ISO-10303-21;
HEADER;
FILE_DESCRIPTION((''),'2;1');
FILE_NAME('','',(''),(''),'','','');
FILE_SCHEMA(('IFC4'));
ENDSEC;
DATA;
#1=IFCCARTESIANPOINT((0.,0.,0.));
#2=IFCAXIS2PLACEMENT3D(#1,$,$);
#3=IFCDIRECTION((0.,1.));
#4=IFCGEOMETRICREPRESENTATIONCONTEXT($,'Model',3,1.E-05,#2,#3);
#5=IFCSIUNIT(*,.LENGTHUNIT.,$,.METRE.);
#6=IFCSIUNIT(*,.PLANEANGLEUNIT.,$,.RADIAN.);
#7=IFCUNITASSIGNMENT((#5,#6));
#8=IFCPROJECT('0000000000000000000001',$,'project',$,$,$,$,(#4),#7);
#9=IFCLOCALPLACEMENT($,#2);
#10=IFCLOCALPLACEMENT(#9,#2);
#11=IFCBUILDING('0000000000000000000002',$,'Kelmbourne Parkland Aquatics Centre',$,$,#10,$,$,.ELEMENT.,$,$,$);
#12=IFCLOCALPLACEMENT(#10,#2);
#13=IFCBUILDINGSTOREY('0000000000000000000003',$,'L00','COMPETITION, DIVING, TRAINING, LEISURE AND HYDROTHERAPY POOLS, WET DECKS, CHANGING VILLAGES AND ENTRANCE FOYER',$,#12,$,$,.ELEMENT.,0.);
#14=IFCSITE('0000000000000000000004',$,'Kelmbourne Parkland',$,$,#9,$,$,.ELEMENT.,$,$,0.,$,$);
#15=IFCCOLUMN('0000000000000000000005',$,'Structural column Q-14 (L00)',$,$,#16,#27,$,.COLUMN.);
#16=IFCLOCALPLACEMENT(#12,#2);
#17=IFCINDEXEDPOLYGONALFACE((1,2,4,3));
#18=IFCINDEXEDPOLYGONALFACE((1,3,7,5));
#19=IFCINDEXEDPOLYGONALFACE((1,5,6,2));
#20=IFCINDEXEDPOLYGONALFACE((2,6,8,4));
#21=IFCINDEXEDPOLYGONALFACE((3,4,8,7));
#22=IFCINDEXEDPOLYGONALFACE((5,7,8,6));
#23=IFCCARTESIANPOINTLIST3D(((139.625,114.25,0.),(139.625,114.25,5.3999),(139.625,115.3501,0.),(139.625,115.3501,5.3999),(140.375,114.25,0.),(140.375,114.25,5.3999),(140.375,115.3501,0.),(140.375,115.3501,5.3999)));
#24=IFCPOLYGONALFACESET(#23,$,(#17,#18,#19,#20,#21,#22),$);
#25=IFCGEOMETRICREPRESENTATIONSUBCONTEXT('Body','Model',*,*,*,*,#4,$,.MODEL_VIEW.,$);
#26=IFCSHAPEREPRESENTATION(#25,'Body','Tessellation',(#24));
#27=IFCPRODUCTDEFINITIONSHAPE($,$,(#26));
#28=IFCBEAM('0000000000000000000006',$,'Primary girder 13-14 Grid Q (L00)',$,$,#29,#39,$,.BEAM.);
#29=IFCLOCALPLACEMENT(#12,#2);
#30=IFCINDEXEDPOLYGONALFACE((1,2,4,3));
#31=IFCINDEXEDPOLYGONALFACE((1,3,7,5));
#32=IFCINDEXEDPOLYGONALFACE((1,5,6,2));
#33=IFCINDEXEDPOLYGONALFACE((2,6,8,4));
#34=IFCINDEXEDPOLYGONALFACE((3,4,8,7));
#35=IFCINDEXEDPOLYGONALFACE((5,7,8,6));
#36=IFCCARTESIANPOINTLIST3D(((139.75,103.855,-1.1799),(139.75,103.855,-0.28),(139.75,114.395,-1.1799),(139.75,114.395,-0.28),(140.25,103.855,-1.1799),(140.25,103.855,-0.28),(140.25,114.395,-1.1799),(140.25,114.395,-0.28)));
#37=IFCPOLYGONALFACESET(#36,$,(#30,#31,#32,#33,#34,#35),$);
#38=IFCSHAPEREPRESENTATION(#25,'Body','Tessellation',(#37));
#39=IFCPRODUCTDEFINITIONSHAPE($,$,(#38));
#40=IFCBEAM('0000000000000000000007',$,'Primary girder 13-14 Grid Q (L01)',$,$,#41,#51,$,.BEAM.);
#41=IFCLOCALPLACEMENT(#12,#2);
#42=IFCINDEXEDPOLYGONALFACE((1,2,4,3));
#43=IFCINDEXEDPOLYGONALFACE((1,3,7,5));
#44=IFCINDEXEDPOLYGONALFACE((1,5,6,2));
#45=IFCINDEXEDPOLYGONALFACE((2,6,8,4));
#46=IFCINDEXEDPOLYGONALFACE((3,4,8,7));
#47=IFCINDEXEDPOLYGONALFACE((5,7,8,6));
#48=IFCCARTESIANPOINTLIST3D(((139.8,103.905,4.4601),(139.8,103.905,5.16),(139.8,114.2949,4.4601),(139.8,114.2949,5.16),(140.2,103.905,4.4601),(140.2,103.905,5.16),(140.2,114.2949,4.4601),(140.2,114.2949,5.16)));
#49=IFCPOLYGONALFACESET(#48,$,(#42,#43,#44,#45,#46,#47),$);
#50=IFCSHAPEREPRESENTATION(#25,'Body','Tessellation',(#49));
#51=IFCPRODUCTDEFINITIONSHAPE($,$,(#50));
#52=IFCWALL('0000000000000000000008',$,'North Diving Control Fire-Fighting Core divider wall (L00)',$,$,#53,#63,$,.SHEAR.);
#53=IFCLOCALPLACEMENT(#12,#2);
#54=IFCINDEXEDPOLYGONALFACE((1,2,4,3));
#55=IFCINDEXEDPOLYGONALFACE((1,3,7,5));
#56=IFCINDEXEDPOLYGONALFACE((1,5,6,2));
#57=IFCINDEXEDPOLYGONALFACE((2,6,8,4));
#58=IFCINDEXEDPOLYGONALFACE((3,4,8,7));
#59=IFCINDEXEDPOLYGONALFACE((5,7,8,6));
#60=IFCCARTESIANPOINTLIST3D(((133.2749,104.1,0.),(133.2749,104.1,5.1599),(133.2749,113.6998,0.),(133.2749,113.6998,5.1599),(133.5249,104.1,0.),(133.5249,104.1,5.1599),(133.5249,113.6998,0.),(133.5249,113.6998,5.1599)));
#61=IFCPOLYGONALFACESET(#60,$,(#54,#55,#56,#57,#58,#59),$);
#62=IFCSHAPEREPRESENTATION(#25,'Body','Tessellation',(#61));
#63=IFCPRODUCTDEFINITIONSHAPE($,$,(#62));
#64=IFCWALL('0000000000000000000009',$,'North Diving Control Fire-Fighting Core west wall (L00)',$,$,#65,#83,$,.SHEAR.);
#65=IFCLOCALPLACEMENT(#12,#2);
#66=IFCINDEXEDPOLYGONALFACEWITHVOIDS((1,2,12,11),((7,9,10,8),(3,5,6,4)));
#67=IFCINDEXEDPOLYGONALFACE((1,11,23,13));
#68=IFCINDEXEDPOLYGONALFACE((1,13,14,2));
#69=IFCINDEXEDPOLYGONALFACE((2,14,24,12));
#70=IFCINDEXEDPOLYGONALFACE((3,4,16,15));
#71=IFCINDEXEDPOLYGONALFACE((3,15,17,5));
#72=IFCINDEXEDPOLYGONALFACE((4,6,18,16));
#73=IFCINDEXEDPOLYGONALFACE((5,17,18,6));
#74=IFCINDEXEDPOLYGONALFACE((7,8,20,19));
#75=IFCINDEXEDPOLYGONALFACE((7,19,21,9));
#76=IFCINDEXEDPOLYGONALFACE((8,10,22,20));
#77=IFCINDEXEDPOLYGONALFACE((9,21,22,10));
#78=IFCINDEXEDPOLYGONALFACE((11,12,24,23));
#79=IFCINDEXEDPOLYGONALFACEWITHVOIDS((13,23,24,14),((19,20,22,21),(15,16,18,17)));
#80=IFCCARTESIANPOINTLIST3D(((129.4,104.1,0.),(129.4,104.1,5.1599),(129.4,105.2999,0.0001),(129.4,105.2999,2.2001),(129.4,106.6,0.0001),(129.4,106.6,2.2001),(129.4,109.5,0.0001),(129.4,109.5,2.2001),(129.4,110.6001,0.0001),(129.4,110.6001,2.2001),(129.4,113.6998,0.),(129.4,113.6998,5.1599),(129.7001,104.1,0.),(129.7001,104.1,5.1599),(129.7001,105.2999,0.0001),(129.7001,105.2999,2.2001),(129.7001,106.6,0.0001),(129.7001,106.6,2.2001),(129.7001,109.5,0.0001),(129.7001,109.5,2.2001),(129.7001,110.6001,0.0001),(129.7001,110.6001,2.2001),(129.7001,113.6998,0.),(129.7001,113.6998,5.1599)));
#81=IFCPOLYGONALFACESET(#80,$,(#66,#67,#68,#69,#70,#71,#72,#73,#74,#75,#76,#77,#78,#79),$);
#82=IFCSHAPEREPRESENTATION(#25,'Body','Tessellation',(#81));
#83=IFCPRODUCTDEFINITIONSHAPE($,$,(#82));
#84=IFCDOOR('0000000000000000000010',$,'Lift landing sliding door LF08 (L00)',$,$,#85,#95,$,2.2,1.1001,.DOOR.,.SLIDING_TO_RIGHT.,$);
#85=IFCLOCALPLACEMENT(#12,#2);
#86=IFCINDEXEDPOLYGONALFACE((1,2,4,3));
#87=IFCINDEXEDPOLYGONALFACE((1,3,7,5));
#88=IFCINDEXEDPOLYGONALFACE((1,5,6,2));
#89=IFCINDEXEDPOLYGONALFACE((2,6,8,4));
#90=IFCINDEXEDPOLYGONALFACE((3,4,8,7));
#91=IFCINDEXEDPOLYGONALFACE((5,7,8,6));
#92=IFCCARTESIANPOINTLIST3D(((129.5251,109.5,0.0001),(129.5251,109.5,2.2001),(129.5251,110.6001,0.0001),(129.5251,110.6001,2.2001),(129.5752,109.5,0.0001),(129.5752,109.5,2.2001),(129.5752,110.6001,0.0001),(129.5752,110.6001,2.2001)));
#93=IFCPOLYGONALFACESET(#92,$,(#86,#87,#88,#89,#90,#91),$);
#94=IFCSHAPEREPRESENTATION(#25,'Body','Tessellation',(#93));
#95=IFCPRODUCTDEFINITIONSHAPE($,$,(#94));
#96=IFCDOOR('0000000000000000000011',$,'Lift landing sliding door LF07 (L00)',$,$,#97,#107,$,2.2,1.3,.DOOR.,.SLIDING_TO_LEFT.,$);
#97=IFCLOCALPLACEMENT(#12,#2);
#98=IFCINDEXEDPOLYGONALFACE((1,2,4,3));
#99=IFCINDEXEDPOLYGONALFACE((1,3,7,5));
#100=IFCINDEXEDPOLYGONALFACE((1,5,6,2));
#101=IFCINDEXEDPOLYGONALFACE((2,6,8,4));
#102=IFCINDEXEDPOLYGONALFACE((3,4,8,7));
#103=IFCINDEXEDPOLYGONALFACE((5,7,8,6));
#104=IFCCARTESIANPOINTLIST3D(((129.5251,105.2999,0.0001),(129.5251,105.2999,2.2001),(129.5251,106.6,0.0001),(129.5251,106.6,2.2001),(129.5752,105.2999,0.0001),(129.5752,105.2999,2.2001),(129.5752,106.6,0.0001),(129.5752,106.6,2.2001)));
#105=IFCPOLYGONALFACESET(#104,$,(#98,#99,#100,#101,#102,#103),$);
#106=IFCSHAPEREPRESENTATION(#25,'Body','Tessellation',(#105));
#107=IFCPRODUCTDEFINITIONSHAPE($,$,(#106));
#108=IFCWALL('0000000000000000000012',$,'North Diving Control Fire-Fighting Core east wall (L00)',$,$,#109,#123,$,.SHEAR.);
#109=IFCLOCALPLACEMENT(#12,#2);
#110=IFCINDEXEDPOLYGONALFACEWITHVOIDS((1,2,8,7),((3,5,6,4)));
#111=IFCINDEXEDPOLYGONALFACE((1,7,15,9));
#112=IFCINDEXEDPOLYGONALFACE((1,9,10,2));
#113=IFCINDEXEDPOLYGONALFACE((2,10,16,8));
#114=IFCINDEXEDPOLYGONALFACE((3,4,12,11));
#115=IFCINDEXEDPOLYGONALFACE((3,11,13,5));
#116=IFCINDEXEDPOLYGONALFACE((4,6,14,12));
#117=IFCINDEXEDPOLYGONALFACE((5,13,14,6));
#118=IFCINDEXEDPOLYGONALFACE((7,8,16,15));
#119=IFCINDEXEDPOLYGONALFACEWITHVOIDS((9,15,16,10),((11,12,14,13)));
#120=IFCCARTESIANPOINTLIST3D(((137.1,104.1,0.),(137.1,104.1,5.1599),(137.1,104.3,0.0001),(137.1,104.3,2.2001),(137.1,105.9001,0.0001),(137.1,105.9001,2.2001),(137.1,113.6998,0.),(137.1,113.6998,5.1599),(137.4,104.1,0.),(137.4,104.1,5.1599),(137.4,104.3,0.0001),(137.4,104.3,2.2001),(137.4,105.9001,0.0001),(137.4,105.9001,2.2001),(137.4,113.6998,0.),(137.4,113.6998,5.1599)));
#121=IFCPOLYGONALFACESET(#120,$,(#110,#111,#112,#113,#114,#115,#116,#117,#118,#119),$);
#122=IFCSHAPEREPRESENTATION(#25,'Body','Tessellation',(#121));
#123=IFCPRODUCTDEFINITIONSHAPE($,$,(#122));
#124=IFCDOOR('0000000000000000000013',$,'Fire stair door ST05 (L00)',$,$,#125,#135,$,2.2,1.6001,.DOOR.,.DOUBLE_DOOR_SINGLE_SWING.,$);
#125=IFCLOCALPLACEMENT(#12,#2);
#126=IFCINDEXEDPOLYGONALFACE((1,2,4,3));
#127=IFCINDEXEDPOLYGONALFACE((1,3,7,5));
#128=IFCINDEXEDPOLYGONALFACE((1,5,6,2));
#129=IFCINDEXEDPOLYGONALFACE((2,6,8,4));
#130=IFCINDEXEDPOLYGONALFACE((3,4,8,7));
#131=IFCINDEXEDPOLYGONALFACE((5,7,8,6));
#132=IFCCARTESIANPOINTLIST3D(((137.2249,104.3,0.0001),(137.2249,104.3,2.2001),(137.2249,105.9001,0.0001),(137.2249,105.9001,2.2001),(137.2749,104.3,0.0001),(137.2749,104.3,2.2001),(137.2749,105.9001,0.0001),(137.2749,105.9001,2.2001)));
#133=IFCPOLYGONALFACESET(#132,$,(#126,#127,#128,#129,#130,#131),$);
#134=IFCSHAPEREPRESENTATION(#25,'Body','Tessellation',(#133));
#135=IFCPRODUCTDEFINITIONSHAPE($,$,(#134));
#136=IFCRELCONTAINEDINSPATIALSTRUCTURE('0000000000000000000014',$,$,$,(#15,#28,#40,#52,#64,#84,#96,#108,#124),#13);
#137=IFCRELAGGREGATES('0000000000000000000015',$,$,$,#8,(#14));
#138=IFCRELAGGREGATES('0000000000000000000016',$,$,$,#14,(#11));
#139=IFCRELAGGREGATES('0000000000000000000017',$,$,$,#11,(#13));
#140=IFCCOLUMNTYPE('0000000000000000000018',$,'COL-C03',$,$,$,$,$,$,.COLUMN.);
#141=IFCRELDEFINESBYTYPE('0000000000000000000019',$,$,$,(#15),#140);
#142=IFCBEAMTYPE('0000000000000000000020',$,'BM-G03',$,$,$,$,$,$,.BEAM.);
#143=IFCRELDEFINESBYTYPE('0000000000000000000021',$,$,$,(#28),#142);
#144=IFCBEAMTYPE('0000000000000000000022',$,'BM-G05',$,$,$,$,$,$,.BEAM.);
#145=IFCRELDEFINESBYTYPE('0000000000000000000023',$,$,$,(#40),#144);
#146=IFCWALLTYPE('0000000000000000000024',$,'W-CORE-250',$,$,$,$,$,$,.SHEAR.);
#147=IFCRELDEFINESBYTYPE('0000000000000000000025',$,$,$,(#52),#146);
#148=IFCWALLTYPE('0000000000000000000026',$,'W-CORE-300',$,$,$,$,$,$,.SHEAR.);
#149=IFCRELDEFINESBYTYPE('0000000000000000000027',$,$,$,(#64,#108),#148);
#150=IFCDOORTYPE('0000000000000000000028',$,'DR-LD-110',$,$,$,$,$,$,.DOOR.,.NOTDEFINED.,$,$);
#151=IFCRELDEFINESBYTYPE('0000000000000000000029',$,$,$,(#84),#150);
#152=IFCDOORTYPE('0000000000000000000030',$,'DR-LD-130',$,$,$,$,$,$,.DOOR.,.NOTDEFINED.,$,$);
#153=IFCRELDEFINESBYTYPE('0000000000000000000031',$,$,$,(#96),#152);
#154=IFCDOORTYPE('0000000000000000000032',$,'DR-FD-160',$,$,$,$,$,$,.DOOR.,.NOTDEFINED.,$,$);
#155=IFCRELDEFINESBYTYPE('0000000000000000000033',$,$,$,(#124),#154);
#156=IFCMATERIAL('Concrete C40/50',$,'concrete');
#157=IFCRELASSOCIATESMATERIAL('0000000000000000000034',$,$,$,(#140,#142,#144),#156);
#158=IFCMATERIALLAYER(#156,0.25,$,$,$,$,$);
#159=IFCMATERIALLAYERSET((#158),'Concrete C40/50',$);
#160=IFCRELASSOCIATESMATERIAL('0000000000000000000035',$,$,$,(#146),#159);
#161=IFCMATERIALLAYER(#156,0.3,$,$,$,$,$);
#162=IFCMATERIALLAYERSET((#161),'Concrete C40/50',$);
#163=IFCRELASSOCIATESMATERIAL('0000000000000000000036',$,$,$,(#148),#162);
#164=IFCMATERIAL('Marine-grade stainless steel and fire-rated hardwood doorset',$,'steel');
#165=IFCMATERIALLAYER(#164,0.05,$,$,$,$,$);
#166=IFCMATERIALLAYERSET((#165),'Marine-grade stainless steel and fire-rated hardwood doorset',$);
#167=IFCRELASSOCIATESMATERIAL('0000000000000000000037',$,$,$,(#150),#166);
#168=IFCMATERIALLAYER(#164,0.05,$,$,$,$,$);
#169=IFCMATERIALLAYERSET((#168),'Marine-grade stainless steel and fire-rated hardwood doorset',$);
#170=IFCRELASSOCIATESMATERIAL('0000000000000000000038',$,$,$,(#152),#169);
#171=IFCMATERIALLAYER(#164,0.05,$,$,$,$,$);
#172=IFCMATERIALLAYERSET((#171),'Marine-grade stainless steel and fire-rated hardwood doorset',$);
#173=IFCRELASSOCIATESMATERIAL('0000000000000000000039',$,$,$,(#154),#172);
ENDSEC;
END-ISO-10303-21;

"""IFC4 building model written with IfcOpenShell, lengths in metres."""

from ifc_helpers import new_model, si_unit, direction, frame, frame_2d, origin, origin_2d, place, context, subcontext, project, spatial, rectangle, extrude, material, layer, layer_set, material_profile, profile_set, type_object, element, fill, save


model = new_model("IFC4")

# Units and contexts
model_context = context("Model", 3, precision=1e-05, world=origin(), true_north=direction((0.0, 1.0)))
body_context = subcontext(model_context, "Body", "Model", "MODEL_VIEW")
ifc_project = project(units=[si_unit("LENGTHUNIT", "METRE"), si_unit("PLANEANGLEUNIT", "RADIAN")], contexts=[model_context])

# Site, building, storey
site_placement = place(None, origin())
site = spatial("IfcSite", under=ifc_project, at=site_placement, Name="Kelmbourne Parkland", CompositionType="ELEMENT", RefElevation=0.0)
building_placement = place(site_placement, origin())
building = spatial("IfcBuilding", under=site, at=building_placement, Name="Kelmbourne Parkland Aquatics Centre", CompositionType="ELEMENT")
storey_placement = place(building_placement, origin())
storey = spatial("IfcBuildingStorey", under=building, at=storey_placement, Name="L00", Description="COMPETITION, DIVING, TRAINING, LEISURE AND HYDROTHERAPY POOLS, WET DECKS, CHANGING VILLAGES AND ENTRANCE FOYER", CompositionType="ELEMENT", Elevation=0.0)

# Column
ifc_material_1 = material(Name="Concrete C40/50", Category="concrete")
ifc_material_profile_1 = material_profile(ifc_material_1, rectangle(XDim=0.75, YDim=1.1001, at=origin_2d()), Name="RC 750x1100")
ifc_profile_set_1 = profile_set([ifc_material_profile_1], Name="Concrete C40/50")
column_type = type_object("IfcColumnType", Name="COL-C03", PredefinedType="COLUMN", material=ifc_profile_set_1)
column_placement = place(storey_placement, frame((140.0, 114.8, 0.0), z_axis=(0.0, 0.0, 1.0), x_axis=(1.0, 0.0, 0.0)))
element("IfcColumn", 1, at=column_placement, inside=storey, type_object=column_type, Name="Structural column Q-14 (L00)", PredefinedType="COLUMN", context=body_context, shape_type="SweptSolid", body=[
    extrude(rectangle(XDim=0.75, YDim=1.1001, at=origin_2d()), origin(), (0.0, 0.0, 1.0), 5.3999),
])

# Beams
ifc_material_profile_2 = material_profile(ifc_material_1, rectangle(XDim=0.5, YDim=0.8999, at=origin_2d()), Name="RC 500x900")
ifc_profile_set_2 = profile_set([ifc_material_profile_2], Name="Concrete C40/50")
beam_type_1 = type_object("IfcBeamType", Name="BM-G03", PredefinedType="BEAM", material=ifc_profile_set_2)
beam_1_placement = place(storey_placement, frame((140.0, 103.855, -0.73), z_axis=(0.0, 1.0, 0.0), x_axis=(-1.0, 0.0, 0.0)))
element("IfcBeam", 2, at=beam_1_placement, inside=storey, type_object=beam_type_1, Name="Primary girder 13-14 Grid Q (L00)", PredefinedType="BEAM", context=body_context, shape_type="SweptSolid", body=[
    extrude(rectangle(XDim=0.5, YDim=0.8999, at=origin_2d()), origin(), (0.0, 0.0, 1.0), 10.54),
])
ifc_material_profile_3 = material_profile(ifc_material_1, rectangle(XDim=0.3999, YDim=0.7, at=origin_2d()), Name="RC 400x700")
ifc_profile_set_3 = profile_set([ifc_material_profile_3], Name="Concrete C40/50")
beam_type_2 = type_object("IfcBeamType", Name="BM-G05", PredefinedType="BEAM", material=ifc_profile_set_3)
beam_2_placement = place(storey_placement, frame((140.0, 103.905, 4.8101), z_axis=(0.0, 1.0, 0.0), x_axis=(-1.0, 0.0, 0.0)))
element("IfcBeam", 3, at=beam_2_placement, inside=storey, type_object=beam_type_2, Name="Primary girder 13-14 Grid Q (L01)", PredefinedType="BEAM", context=body_context, shape_type="SweptSolid", body=[
    extrude(rectangle(XDim=0.3999, YDim=0.7, at=origin_2d()), origin(), (0.0, 0.0, 1.0), 10.3899),
])

# Wall
ifc_layer_1 = layer(ifc_material_1, 0.25)
ifc_layer_set_1 = layer_set([ifc_layer_1], Name="Concrete C40/50")
wall_type_1 = type_object("IfcWallType", Name="W-CORE-250", PredefinedType="SHEAR", material=ifc_layer_set_1)
wall_1_placement = place(storey_placement, frame((133.3999, 104.1001, 0.0), z_axis=(0.0, 0.0, 1.0), x_axis=(0.0, 1.0, 0.0)))
element("IfcWall", 4, at=wall_1_placement, inside=storey, type_object=wall_type_1, Name="North Diving Control Fire-Fighting Core divider wall (L00)", PredefinedType="SHEAR", context=body_context, shape_type="SweptSolid", body=[
    extrude(rectangle(XDim=9.5999, YDim=0.25, at=frame_2d((4.7998, 0.0))), origin(), (0.0, 0.0, 1.0), 5.1599),
])

# Wall, openings, doors
ifc_layer_2 = layer(ifc_material_1, 0.3)
ifc_layer_set_2 = layer_set([ifc_layer_2], Name="Concrete C40/50")
wall_type_2 = type_object("IfcWallType", Name="W-CORE-300", PredefinedType="SHEAR", material=ifc_layer_set_2)
wall_2_placement = place(storey_placement, frame((129.55, 104.1001, 0.0), z_axis=(0.0, 0.0, 1.0), x_axis=(0.0, 1.0, 0.0)))
wall_2 = element("IfcWall", 5, at=wall_2_placement, inside=storey, type_object=wall_type_2, Name="North Diving Control Fire-Fighting Core west wall (L00)", PredefinedType="SHEAR", context=body_context, shape_type="SweptSolid", body=[
    extrude(rectangle(XDim=9.5999, YDim=0.3, at=frame_2d((4.7998, 0.0))), origin(), (0.0, 0.0, 1.0), 5.1599),
])
opening_1_placement = place(wall_2_placement, frame((1.2, 0.0, 0.0)))
opening_1 = element("IfcOpeningElement", 6, at=opening_1_placement, cuts=wall_2, PredefinedType="OPENING", context=body_context, shape_type="SweptSolid", body=[
    extrude(rectangle(XDim=1.3, YDim=2.2, at=frame_2d((0.6499, 1.1001))), frame((0.0, 0.1621, 0.0), z_axis=(0.0, -1.0, 0.0), x_axis=(1.0, 0.0, 0.0)), (0.0, 0.0, 1.0), 0.324),
])
opening_2_placement = place(wall_2_placement, frame((5.3999, 0.0, 0.0)))
opening_2 = element("IfcOpeningElement", 7, at=opening_2_placement, cuts=wall_2, PredefinedType="OPENING", context=body_context, shape_type="SweptSolid", body=[
    extrude(rectangle(XDim=1.1001, YDim=2.2, at=frame_2d((0.55, 1.1001))), frame((0.0, 0.1621, 0.0), z_axis=(0.0, -1.0, 0.0), x_axis=(1.0, 0.0, 0.0)), (0.0, 0.0, 1.0), 0.324),
])
ifc_material_2 = material(Name="Marine-grade stainless steel and fire-rated hardwood doorset", Category="steel")
ifc_layer_3 = layer(ifc_material_2, 0.05)
ifc_layer_set_3 = layer_set([ifc_layer_3], Name="Marine-grade stainless steel and fire-rated hardwood doorset")
door_type_1 = type_object("IfcDoorType", Name="DR-LD-110", OperationType="NOTDEFINED", PredefinedType="DOOR", material=ifc_layer_set_3)
door_1_placement = place(opening_2_placement, origin())
door_1 = element("IfcDoor", 8, at=door_1_placement, inside=storey, type_object=door_type_1, Name="Lift landing sliding door LF08 (L00)", OperationType="SLIDING_TO_RIGHT", OverallHeight=2.2, OverallWidth=1.1001, PredefinedType="DOOR", context=body_context, shape_type="SweptSolid", body=[
    extrude(rectangle(XDim=1.1001, YDim=2.2, at=frame_2d((0.55, 1.1001))), frame((0.0, 0.0249, 0.0), z_axis=(0.0, -1.0, 0.0), x_axis=(1.0, 0.0, 0.0)), (0.0, 0.0, 1.0), 0.05),
])
fill(opening_2, door_1)
ifc_layer_4 = layer(ifc_material_2, 0.05)
ifc_layer_set_4 = layer_set([ifc_layer_4], Name="Marine-grade stainless steel and fire-rated hardwood doorset")
door_type_2 = type_object("IfcDoorType", Name="DR-LD-130", OperationType="NOTDEFINED", PredefinedType="DOOR", material=ifc_layer_set_4)
door_2_placement = place(opening_1_placement, origin())
door_2 = element("IfcDoor", 9, at=door_2_placement, inside=storey, type_object=door_type_2, Name="Lift landing sliding door LF07 (L00)", OperationType="SLIDING_TO_LEFT", OverallHeight=2.2, OverallWidth=1.3, PredefinedType="DOOR", context=body_context, shape_type="SweptSolid", body=[
    extrude(rectangle(XDim=1.3, YDim=2.2, at=frame_2d((0.6499, 1.1001))), frame((0.0, 0.0249, 0.0), z_axis=(0.0, -1.0, 0.0), x_axis=(1.0, 0.0, 0.0)), (0.0, 0.0, 1.0), 0.05),
])
fill(opening_1, door_2)

# Wall, opening, door
wall_3_placement = place(storey_placement, frame((137.25, 104.1001, 0.0), z_axis=(0.0, 0.0, 1.0), x_axis=(0.0, 1.0, 0.0)))
wall_3 = element("IfcWall", 10, at=wall_3_placement, inside=storey, type_object=wall_type_2, Name="North Diving Control Fire-Fighting Core east wall (L00)", PredefinedType="SHEAR", context=body_context, shape_type="SweptSolid", body=[
    extrude(rectangle(XDim=9.5999, YDim=0.3, at=frame_2d((4.7998, 0.0))), origin(), (0.0, 0.0, 1.0), 5.1599),
])
opening_3_placement = place(wall_3_placement, frame((0.2, 0.0, 0.0)))
opening_3 = element("IfcOpeningElement", 11, at=opening_3_placement, cuts=wall_3, PredefinedType="OPENING", context=body_context, shape_type="SweptSolid", body=[
    extrude(rectangle(XDim=1.6001, YDim=2.2, at=frame_2d((0.8, 1.1001))), frame((0.0, 0.1621, 0.0), z_axis=(0.0, -1.0, 0.0), x_axis=(1.0, 0.0, 0.0)), (0.0, 0.0, 1.0), 0.324),
])
ifc_layer_5 = layer(ifc_material_2, 0.05)
ifc_layer_set_5 = layer_set([ifc_layer_5], Name="Marine-grade stainless steel and fire-rated hardwood doorset")
door_type_3 = type_object("IfcDoorType", Name="DR-FD-160", OperationType="NOTDEFINED", PredefinedType="DOOR", material=ifc_layer_set_5)
door_3_placement = place(opening_3_placement, frame((1.6001, 0.0, 0.0), z_axis=(0.0, 0.0, 1.0), x_axis=(-1.0, 0.0, 0.0)))
door_3 = element("IfcDoor", 12, at=door_3_placement, inside=storey, type_object=door_type_3, Name="Fire stair door ST05 (L00)", OperationType="DOUBLE_DOOR_SINGLE_SWING", OverallHeight=2.2, OverallWidth=1.6001, PredefinedType="DOOR", context=body_context, shape_type="SweptSolid", body=[
    extrude(rectangle(XDim=1.6001, YDim=2.2, at=frame_2d((0.8, 1.1001))), frame((0.0, 0.0249, 0.0), z_axis=(0.0, -1.0, 0.0), x_axis=(1.0, 0.0, 0.0)), (0.0, 0.0, 1.0), 0.05),
])
fill(opening_3, door_3)

save(model, "model.ifc")
